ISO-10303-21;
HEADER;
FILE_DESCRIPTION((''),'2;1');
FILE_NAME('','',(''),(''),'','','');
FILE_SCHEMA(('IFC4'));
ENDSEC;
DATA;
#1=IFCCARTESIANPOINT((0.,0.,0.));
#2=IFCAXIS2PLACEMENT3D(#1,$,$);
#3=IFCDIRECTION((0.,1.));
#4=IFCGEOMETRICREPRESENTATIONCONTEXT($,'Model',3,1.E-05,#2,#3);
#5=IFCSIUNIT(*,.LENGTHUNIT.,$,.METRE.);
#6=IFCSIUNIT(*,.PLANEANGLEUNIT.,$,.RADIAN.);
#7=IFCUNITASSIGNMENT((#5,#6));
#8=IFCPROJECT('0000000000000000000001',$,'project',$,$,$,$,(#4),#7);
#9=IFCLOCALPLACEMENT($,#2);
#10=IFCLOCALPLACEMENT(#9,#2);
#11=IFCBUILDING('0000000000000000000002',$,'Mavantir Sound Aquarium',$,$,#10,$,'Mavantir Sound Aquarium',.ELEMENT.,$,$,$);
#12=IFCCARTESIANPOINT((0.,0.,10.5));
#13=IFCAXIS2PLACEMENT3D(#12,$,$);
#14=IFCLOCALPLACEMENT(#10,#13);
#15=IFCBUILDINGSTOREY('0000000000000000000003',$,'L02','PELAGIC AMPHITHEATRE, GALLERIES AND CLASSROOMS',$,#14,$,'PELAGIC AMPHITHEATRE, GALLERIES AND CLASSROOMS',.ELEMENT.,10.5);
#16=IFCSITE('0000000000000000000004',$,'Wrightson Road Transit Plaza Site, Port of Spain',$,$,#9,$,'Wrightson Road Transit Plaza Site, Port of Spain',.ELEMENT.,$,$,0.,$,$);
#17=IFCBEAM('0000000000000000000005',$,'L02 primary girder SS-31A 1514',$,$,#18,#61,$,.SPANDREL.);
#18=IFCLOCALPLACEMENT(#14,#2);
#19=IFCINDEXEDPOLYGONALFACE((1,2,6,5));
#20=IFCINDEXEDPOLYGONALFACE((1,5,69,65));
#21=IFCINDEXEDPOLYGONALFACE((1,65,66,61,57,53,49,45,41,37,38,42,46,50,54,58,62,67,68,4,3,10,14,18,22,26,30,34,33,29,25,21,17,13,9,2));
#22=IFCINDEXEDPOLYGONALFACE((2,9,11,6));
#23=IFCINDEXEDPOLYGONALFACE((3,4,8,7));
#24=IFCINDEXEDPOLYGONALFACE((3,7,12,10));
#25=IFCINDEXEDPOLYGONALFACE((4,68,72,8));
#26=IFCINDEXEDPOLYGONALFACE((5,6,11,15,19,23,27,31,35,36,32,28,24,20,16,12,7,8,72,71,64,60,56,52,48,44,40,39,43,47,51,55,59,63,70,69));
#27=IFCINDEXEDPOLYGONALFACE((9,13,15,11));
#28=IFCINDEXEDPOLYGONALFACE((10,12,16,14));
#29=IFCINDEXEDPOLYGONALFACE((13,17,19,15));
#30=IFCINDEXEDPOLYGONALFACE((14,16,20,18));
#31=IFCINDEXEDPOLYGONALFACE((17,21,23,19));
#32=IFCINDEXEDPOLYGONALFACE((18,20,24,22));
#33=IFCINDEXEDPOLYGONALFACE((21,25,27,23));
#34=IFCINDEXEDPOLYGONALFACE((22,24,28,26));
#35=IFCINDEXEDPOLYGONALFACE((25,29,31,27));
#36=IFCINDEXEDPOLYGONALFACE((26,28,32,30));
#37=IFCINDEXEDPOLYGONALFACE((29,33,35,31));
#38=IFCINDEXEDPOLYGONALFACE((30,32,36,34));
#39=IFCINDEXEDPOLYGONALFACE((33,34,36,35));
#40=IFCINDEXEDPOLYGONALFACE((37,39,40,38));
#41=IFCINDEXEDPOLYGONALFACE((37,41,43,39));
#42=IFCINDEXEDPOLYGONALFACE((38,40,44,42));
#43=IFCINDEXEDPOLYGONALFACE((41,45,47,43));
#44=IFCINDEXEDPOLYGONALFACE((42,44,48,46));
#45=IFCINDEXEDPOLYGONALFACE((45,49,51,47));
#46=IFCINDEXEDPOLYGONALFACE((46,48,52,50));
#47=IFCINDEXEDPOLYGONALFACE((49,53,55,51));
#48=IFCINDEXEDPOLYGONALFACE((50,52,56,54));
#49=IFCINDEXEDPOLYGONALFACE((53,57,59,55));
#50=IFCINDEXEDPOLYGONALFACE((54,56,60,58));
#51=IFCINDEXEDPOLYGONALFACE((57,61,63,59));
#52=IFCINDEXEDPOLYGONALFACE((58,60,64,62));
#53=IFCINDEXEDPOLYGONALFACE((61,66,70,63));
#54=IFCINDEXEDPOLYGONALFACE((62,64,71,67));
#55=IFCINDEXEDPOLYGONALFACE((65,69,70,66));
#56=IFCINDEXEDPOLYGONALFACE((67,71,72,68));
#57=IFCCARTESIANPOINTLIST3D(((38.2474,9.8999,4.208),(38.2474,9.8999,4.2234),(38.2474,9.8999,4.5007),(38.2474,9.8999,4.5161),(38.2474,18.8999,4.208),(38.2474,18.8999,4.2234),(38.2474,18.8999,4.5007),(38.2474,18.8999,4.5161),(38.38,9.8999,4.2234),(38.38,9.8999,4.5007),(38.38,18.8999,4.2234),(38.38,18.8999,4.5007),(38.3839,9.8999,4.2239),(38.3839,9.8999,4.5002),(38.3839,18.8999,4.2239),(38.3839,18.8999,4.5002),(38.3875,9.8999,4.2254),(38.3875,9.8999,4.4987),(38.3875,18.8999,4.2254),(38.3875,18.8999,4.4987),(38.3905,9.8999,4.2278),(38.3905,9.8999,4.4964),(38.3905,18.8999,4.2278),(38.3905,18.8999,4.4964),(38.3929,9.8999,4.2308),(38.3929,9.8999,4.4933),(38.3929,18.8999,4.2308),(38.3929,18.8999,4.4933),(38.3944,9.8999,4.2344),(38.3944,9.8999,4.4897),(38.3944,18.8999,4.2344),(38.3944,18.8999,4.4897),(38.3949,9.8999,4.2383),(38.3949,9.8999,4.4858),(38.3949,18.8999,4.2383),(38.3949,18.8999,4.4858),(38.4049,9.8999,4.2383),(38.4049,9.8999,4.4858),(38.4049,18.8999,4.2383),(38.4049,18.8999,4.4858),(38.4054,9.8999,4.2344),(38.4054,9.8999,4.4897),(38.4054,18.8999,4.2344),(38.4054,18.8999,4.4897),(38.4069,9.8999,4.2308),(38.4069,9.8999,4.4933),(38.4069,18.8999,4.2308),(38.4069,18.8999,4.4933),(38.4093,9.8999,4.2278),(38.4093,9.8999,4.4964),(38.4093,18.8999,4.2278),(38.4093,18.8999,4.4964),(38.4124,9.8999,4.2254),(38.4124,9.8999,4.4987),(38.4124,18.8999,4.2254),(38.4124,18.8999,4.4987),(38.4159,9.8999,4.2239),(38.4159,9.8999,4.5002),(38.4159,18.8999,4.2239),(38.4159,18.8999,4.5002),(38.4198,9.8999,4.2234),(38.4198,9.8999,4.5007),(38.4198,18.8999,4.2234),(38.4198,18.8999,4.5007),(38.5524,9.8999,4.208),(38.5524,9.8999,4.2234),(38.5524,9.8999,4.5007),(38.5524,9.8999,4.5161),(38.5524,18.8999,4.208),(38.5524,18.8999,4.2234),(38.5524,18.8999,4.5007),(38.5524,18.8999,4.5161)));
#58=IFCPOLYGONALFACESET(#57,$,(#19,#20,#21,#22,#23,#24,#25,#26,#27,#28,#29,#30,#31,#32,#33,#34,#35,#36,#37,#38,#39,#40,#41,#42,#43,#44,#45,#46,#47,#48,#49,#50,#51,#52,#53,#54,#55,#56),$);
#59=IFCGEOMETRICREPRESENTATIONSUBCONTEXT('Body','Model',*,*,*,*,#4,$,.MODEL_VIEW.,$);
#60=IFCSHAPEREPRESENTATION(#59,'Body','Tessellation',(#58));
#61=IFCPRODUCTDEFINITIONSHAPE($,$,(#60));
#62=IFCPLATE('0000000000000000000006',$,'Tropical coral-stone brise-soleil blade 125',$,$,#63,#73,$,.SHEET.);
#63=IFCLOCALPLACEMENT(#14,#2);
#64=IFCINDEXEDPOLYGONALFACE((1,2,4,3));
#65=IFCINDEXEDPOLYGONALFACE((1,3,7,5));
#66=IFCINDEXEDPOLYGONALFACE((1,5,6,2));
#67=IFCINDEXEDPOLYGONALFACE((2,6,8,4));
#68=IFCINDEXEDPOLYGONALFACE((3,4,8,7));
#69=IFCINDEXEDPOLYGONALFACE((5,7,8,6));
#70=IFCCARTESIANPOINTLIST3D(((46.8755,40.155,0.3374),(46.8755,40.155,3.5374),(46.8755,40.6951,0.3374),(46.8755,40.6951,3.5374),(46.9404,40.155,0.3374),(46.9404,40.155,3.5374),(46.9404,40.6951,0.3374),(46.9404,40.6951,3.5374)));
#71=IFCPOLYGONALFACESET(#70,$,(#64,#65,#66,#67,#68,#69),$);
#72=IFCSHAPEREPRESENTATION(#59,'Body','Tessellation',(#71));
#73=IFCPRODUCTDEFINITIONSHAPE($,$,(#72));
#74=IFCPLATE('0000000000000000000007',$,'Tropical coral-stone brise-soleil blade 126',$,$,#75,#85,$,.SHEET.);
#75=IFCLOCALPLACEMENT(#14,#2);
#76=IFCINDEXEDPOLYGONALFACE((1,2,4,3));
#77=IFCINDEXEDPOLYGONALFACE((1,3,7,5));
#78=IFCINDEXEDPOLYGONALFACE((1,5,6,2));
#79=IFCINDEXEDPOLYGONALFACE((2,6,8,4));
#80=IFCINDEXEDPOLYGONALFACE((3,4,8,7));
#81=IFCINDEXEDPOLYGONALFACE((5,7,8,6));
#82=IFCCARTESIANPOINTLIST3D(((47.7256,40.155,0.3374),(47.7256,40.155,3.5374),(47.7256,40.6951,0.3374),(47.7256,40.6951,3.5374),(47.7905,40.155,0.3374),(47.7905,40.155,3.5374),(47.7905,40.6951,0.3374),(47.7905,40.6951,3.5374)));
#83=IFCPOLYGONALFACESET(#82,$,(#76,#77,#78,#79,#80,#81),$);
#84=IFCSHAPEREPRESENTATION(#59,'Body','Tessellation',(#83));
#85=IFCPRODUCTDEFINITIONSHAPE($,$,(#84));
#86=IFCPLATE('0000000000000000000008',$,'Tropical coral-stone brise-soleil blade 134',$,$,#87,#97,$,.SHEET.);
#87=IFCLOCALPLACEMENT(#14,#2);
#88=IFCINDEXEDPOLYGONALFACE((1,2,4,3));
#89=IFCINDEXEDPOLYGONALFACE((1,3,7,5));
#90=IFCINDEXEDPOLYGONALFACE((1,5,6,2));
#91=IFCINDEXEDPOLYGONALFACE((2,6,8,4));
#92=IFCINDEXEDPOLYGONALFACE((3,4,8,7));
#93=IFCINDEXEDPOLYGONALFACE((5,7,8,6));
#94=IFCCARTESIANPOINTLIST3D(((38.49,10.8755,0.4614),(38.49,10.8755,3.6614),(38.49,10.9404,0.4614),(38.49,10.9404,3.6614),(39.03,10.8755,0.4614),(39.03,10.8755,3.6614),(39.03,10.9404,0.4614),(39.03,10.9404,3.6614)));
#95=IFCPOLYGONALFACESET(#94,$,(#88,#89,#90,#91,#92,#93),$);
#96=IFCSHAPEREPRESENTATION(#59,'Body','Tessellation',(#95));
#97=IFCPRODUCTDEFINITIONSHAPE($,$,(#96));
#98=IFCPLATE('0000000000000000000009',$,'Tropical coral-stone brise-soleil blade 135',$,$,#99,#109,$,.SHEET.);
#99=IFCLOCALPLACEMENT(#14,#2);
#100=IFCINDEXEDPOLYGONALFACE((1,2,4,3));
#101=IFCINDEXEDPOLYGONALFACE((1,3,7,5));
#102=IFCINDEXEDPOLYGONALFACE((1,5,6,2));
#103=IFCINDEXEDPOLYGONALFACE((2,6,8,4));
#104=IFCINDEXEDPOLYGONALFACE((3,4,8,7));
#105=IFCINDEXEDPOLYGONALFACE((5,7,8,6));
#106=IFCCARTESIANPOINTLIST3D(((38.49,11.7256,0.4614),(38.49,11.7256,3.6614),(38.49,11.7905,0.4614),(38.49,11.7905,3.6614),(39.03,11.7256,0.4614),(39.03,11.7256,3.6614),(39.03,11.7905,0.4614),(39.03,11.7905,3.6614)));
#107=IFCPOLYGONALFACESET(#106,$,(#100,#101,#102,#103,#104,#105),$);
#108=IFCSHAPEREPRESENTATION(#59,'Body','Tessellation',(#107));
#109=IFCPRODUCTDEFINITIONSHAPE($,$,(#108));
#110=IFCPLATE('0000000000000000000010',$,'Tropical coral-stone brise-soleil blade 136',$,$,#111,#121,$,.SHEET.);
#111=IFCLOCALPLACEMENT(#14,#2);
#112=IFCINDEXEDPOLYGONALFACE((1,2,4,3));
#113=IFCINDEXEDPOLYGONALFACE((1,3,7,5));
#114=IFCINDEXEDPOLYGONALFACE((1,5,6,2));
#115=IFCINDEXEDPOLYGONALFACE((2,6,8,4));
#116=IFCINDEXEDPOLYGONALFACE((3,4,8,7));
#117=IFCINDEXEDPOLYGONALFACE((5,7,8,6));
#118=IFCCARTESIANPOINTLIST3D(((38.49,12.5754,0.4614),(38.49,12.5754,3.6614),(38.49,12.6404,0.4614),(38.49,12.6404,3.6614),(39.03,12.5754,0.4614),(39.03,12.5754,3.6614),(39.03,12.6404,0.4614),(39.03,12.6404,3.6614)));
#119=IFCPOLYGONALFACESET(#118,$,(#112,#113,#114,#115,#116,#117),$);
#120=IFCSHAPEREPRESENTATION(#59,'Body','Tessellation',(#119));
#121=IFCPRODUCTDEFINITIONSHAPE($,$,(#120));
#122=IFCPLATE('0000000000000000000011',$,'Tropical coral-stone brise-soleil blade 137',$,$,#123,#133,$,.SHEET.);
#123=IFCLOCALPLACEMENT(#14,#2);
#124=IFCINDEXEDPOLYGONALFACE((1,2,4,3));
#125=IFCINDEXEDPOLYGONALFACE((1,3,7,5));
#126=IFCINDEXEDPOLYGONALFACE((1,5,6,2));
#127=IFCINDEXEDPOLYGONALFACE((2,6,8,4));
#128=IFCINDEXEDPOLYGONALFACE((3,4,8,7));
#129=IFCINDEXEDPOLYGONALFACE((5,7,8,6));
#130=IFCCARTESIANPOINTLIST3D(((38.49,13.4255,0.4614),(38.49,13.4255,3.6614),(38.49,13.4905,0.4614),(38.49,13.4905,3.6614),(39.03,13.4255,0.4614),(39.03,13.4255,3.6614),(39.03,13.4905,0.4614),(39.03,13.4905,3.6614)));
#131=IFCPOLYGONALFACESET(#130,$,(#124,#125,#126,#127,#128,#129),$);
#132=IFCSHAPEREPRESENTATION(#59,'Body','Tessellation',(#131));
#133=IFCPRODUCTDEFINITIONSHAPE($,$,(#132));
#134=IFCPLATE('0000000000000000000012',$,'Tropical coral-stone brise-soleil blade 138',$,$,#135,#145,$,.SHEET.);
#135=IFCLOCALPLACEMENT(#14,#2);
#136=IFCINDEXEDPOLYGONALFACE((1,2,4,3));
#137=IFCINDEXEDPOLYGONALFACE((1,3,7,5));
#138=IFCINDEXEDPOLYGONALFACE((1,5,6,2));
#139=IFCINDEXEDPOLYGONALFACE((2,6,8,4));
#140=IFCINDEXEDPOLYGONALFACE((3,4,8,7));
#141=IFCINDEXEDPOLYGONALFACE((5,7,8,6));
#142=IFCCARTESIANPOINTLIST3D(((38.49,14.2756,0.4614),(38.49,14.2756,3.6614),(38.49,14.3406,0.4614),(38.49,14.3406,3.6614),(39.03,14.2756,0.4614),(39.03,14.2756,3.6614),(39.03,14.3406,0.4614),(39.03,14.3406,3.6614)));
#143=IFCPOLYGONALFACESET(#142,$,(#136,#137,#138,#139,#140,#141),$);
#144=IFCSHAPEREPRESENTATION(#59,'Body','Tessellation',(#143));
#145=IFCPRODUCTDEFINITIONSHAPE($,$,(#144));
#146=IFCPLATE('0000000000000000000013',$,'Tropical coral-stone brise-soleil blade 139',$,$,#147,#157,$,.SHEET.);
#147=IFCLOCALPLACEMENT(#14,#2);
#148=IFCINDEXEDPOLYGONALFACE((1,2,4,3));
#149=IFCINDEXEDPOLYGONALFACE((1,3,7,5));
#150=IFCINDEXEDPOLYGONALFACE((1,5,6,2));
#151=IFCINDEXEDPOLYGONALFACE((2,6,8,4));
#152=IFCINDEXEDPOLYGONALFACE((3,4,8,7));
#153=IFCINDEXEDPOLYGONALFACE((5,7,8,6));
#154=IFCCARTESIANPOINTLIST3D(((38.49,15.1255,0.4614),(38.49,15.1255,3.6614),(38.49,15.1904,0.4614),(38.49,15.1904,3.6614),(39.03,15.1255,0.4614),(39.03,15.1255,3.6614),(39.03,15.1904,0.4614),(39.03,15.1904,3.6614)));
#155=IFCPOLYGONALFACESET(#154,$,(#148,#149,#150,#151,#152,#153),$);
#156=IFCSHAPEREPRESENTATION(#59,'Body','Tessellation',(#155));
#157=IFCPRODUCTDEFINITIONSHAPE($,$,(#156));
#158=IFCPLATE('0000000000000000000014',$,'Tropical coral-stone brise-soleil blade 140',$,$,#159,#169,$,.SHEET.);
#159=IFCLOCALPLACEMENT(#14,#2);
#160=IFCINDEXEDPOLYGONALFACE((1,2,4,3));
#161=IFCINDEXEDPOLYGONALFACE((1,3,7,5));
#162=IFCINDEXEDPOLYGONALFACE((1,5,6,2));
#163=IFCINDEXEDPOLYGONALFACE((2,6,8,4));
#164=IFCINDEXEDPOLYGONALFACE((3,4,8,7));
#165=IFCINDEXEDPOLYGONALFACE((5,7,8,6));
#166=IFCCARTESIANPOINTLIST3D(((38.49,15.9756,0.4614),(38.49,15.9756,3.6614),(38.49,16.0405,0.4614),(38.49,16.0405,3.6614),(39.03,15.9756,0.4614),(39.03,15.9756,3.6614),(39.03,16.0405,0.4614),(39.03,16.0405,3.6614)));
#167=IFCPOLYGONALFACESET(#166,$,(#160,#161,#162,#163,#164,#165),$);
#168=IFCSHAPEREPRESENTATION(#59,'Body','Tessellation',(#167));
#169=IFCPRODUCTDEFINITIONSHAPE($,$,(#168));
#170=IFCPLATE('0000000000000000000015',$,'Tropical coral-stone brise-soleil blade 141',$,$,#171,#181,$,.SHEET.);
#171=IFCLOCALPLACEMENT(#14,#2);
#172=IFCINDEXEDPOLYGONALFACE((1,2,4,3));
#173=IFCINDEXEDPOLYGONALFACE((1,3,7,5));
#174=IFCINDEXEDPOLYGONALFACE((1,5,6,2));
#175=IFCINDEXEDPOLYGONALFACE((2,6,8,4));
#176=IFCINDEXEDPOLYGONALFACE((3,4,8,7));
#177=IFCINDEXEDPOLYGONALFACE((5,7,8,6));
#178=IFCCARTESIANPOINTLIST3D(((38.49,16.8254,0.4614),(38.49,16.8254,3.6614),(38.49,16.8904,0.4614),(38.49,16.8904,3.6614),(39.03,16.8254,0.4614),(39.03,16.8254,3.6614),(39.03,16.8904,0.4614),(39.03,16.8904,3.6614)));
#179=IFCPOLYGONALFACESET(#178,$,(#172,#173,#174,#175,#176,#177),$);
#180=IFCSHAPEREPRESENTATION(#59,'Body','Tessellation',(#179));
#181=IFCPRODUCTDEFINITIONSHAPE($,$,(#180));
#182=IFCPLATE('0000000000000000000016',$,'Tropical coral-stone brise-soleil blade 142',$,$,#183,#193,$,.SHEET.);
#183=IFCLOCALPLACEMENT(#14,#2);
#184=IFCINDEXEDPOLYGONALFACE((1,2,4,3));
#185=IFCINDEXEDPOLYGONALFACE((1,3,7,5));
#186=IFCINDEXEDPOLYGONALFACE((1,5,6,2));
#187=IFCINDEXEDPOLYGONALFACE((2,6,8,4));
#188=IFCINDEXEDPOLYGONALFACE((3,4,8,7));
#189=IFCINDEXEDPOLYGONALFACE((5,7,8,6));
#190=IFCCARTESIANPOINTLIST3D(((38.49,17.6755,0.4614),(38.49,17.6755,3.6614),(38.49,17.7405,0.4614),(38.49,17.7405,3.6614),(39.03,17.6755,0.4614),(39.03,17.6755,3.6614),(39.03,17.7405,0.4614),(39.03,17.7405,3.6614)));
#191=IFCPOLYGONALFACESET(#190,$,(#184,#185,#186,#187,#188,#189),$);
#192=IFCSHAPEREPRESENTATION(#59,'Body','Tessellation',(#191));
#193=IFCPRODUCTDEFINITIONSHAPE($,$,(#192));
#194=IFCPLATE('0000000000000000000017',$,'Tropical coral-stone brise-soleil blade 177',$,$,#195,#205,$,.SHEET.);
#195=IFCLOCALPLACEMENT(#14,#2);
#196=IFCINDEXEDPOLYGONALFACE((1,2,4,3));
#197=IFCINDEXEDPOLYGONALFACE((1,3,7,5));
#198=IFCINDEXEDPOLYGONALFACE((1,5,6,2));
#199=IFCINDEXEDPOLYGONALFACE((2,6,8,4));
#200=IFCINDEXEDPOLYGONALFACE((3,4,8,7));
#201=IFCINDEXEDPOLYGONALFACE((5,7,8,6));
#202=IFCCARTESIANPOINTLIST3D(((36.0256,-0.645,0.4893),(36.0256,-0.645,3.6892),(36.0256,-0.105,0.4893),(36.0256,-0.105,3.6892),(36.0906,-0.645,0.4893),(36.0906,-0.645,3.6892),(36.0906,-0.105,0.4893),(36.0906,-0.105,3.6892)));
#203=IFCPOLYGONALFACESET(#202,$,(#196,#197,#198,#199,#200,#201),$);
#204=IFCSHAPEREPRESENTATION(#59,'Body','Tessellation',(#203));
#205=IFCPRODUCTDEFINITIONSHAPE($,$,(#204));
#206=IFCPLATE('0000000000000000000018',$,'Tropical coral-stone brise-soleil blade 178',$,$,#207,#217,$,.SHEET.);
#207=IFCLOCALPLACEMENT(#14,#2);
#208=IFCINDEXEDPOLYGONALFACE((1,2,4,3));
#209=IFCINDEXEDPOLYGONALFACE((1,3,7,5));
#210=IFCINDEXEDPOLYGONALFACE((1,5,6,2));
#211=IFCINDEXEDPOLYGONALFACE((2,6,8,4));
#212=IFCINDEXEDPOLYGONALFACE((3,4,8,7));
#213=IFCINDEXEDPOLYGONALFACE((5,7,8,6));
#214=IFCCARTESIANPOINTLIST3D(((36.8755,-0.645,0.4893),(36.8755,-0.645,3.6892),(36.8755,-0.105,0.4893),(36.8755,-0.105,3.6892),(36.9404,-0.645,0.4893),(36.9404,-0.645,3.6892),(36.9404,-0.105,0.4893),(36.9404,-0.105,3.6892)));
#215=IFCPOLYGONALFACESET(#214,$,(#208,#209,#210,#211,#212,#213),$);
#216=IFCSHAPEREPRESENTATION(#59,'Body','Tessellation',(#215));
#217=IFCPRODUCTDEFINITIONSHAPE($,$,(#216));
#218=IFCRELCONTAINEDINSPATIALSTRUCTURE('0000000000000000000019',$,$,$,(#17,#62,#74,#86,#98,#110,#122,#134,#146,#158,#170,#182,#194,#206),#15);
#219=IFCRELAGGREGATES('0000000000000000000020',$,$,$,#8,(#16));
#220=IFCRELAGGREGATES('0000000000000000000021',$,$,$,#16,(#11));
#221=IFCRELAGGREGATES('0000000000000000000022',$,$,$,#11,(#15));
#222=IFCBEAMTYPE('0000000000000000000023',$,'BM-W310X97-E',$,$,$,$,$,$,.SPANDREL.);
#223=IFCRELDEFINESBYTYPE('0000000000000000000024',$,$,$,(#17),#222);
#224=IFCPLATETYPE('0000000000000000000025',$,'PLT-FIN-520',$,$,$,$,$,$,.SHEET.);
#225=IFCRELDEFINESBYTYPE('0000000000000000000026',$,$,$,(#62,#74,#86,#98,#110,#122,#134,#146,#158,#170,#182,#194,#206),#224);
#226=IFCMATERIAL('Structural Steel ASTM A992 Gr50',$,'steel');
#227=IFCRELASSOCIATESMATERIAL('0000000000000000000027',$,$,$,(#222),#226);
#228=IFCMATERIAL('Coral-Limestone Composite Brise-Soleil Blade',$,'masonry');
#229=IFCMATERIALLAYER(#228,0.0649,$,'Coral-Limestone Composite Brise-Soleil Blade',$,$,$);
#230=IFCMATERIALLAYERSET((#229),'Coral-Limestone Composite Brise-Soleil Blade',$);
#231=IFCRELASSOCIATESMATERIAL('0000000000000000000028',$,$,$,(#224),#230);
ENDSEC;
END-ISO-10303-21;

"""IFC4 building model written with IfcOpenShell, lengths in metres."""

from ifc_helpers import new_model, si_unit, direction, frame, origin, origin_2d, place, context, subcontext, project, spatial, rectangle, i_section, extrude, material, layer, layer_set, material_profile, profile_set, type_object, element, save


model = new_model("IFC4")

# Units and contexts
model_context = context("Model", 3, precision=1e-05, world=origin(), true_north=direction((0.0, 1.0)))
body_context = subcontext(model_context, "Body", "Model", "MODEL_VIEW")
ifc_project = project(units=[si_unit("LENGTHUNIT", "METRE"), si_unit("PLANEANGLEUNIT", "RADIAN")], contexts=[model_context])

# Site, building, storey
site_placement = place(None, origin())
site = spatial("IfcSite", under=ifc_project, at=site_placement, Name="Wrightson Road Transit Plaza Site, Port of Spain", LongName="Wrightson Road Transit Plaza Site, Port of Spain", CompositionType="ELEMENT", RefElevation=0.0)
building_placement = place(site_placement, origin())
building = spatial("IfcBuilding", under=site, at=building_placement, Name="Mavantir Sound Aquarium", LongName="Mavantir Sound Aquarium", CompositionType="ELEMENT")
storey_placement = place(building_placement, frame((0.0, 0.0, 10.5)))
storey = spatial("IfcBuildingStorey", under=building, at=storey_placement, Name="L02", Description="PELAGIC AMPHITHEATRE, GALLERIES AND CLASSROOMS", LongName="PELAGIC AMPHITHEATRE, GALLERIES AND CLASSROOMS", CompositionType="ELEMENT", Elevation=10.5)

# Beam
ifc_material_1 = material(Name="Structural Steel ASTM A992 Gr50", Category="steel")
ifc_material_profile_1 = material_profile(ifc_material_1, i_section(OverallWidth=0.3049, OverallDepth=0.3081, WebThickness=0.01, FlangeThickness=0.0154, FilletRadius=0.0149, at=origin_2d()), Name="W310X97")
ifc_profile_set_1 = profile_set([ifc_material_profile_1], Name="Structural Steel ASTM A992 Gr50")
beam_type_1 = type_object("IfcBeamType", Name="BM-W310X97-E", PredefinedType="SPANDREL", material=ifc_profile_set_1)
for number, where, z_axis, x_axis, name in (
    (1, (38.3999, 9.8999, 4.3621), (0.0, 1.0, 0.0), (-1.0, 0.0, 0.0), "L02 primary girder SS-31A 1514"),
):
    element("IfcBeam", number, at=place(storey_placement, frame(where, z_axis=z_axis, x_axis=x_axis)), inside=storey, type_object=beam_type_1, Name=name, PredefinedType="SPANDREL", context=body_context, shape_type="SweptSolid", body=[
        extrude(i_section(OverallWidth=0.3049, OverallDepth=0.3081, WebThickness=0.01, FlangeThickness=0.0154, FilletRadius=0.0149, at=origin_2d()), origin(), (0.0, 0.0, 1.0), 9.0),
    ])

# Plates
ifc_material_2 = material(Name="Coral-Limestone Composite Brise-Soleil Blade", Category="masonry")
ifc_layer_1 = layer(ifc_material_2, 0.0649, Name="Coral-Limestone Composite Brise-Soleil Blade")
ifc_layer_set_1 = layer_set([ifc_layer_1], Name="Coral-Limestone Composite Brise-Soleil Blade")
plate_type = type_object("IfcPlateType", Name="PLT-FIN-520", PredefinedType="SHEET", material=ifc_layer_set_1)
for number, where, z_axis, x_axis, name in (
    (2, (46.908, 40.425, 0.3374), (0.0, 0.0, 1.0), (-1.0, 0.0, 0.0), "Tropical coral-stone brise-soleil blade 125"),
    (3, (47.7581, 40.425, 0.3374), (0.0, 0.0, 1.0), (-1.0, 0.0, 0.0), "Tropical coral-stone brise-soleil blade 126"),
    (4, (38.76, 10.908, 0.4614), (0.0, 0.0, 1.0), (0.0, -1.0, 0.0), "Tropical coral-stone brise-soleil blade 134"),
    (5, (38.76, 11.7581, 0.4614), (0.0, 0.0, 1.0), (0.0, -1.0, 0.0), "Tropical coral-stone brise-soleil blade 135"),
    (6, (38.76, 12.6079, 0.4614), (0.0, 0.0, 1.0), (0.0, -1.0, 0.0), "Tropical coral-stone brise-soleil blade 136"),
    (7, (38.76, 13.458, 0.4614), (0.0, 0.0, 1.0), (0.0, -1.0, 0.0), "Tropical coral-stone brise-soleil blade 137"),
    (8, (38.76, 14.3081, 0.4614), (0.0, 0.0, 1.0), (0.0, -1.0, 0.0), "Tropical coral-stone brise-soleil blade 138"),
    (9, (38.76, 15.158, 0.4614), (0.0, 0.0, 1.0), (0.0, -1.0, 0.0), "Tropical coral-stone brise-soleil blade 139"),
    (10, (38.76, 16.0081, 0.4614), (0.0, 0.0, 1.0), (0.0, -1.0, 0.0), "Tropical coral-stone brise-soleil blade 140"),
    (11, (38.76, 16.8579, 0.4614), (0.0, 0.0, 1.0), (0.0, -1.0, 0.0), "Tropical coral-stone brise-soleil blade 141"),
    (12, (38.76, 17.708, 0.4614), (0.0, 0.0, 1.0), (0.0, -1.0, 0.0), "Tropical coral-stone brise-soleil blade 142"),
    (13, (36.0581, -0.375, 0.4893), (0.0, 0.0, 1.0), (-1.0, 0.0, 0.0), "Tropical coral-stone brise-soleil blade 177"),
    (14, (36.908, -0.375, 0.4893), (0.0, 0.0, 1.0), (-1.0, 0.0, 0.0), "Tropical coral-stone brise-soleil blade 178"),
):
    element("IfcPlate", number, at=place(storey_placement, frame(where, z_axis=z_axis, x_axis=x_axis)), inside=storey, type_object=plate_type, Name=name, PredefinedType="SHEET", context=body_context, shape_type="SweptSolid", body=[
        extrude(rectangle(XDim=0.0649, YDim=0.54, at=origin_2d()), origin(), (0.0, 0.0, 1.0), 3.2),
    ])

save(model, "model.ifc")
